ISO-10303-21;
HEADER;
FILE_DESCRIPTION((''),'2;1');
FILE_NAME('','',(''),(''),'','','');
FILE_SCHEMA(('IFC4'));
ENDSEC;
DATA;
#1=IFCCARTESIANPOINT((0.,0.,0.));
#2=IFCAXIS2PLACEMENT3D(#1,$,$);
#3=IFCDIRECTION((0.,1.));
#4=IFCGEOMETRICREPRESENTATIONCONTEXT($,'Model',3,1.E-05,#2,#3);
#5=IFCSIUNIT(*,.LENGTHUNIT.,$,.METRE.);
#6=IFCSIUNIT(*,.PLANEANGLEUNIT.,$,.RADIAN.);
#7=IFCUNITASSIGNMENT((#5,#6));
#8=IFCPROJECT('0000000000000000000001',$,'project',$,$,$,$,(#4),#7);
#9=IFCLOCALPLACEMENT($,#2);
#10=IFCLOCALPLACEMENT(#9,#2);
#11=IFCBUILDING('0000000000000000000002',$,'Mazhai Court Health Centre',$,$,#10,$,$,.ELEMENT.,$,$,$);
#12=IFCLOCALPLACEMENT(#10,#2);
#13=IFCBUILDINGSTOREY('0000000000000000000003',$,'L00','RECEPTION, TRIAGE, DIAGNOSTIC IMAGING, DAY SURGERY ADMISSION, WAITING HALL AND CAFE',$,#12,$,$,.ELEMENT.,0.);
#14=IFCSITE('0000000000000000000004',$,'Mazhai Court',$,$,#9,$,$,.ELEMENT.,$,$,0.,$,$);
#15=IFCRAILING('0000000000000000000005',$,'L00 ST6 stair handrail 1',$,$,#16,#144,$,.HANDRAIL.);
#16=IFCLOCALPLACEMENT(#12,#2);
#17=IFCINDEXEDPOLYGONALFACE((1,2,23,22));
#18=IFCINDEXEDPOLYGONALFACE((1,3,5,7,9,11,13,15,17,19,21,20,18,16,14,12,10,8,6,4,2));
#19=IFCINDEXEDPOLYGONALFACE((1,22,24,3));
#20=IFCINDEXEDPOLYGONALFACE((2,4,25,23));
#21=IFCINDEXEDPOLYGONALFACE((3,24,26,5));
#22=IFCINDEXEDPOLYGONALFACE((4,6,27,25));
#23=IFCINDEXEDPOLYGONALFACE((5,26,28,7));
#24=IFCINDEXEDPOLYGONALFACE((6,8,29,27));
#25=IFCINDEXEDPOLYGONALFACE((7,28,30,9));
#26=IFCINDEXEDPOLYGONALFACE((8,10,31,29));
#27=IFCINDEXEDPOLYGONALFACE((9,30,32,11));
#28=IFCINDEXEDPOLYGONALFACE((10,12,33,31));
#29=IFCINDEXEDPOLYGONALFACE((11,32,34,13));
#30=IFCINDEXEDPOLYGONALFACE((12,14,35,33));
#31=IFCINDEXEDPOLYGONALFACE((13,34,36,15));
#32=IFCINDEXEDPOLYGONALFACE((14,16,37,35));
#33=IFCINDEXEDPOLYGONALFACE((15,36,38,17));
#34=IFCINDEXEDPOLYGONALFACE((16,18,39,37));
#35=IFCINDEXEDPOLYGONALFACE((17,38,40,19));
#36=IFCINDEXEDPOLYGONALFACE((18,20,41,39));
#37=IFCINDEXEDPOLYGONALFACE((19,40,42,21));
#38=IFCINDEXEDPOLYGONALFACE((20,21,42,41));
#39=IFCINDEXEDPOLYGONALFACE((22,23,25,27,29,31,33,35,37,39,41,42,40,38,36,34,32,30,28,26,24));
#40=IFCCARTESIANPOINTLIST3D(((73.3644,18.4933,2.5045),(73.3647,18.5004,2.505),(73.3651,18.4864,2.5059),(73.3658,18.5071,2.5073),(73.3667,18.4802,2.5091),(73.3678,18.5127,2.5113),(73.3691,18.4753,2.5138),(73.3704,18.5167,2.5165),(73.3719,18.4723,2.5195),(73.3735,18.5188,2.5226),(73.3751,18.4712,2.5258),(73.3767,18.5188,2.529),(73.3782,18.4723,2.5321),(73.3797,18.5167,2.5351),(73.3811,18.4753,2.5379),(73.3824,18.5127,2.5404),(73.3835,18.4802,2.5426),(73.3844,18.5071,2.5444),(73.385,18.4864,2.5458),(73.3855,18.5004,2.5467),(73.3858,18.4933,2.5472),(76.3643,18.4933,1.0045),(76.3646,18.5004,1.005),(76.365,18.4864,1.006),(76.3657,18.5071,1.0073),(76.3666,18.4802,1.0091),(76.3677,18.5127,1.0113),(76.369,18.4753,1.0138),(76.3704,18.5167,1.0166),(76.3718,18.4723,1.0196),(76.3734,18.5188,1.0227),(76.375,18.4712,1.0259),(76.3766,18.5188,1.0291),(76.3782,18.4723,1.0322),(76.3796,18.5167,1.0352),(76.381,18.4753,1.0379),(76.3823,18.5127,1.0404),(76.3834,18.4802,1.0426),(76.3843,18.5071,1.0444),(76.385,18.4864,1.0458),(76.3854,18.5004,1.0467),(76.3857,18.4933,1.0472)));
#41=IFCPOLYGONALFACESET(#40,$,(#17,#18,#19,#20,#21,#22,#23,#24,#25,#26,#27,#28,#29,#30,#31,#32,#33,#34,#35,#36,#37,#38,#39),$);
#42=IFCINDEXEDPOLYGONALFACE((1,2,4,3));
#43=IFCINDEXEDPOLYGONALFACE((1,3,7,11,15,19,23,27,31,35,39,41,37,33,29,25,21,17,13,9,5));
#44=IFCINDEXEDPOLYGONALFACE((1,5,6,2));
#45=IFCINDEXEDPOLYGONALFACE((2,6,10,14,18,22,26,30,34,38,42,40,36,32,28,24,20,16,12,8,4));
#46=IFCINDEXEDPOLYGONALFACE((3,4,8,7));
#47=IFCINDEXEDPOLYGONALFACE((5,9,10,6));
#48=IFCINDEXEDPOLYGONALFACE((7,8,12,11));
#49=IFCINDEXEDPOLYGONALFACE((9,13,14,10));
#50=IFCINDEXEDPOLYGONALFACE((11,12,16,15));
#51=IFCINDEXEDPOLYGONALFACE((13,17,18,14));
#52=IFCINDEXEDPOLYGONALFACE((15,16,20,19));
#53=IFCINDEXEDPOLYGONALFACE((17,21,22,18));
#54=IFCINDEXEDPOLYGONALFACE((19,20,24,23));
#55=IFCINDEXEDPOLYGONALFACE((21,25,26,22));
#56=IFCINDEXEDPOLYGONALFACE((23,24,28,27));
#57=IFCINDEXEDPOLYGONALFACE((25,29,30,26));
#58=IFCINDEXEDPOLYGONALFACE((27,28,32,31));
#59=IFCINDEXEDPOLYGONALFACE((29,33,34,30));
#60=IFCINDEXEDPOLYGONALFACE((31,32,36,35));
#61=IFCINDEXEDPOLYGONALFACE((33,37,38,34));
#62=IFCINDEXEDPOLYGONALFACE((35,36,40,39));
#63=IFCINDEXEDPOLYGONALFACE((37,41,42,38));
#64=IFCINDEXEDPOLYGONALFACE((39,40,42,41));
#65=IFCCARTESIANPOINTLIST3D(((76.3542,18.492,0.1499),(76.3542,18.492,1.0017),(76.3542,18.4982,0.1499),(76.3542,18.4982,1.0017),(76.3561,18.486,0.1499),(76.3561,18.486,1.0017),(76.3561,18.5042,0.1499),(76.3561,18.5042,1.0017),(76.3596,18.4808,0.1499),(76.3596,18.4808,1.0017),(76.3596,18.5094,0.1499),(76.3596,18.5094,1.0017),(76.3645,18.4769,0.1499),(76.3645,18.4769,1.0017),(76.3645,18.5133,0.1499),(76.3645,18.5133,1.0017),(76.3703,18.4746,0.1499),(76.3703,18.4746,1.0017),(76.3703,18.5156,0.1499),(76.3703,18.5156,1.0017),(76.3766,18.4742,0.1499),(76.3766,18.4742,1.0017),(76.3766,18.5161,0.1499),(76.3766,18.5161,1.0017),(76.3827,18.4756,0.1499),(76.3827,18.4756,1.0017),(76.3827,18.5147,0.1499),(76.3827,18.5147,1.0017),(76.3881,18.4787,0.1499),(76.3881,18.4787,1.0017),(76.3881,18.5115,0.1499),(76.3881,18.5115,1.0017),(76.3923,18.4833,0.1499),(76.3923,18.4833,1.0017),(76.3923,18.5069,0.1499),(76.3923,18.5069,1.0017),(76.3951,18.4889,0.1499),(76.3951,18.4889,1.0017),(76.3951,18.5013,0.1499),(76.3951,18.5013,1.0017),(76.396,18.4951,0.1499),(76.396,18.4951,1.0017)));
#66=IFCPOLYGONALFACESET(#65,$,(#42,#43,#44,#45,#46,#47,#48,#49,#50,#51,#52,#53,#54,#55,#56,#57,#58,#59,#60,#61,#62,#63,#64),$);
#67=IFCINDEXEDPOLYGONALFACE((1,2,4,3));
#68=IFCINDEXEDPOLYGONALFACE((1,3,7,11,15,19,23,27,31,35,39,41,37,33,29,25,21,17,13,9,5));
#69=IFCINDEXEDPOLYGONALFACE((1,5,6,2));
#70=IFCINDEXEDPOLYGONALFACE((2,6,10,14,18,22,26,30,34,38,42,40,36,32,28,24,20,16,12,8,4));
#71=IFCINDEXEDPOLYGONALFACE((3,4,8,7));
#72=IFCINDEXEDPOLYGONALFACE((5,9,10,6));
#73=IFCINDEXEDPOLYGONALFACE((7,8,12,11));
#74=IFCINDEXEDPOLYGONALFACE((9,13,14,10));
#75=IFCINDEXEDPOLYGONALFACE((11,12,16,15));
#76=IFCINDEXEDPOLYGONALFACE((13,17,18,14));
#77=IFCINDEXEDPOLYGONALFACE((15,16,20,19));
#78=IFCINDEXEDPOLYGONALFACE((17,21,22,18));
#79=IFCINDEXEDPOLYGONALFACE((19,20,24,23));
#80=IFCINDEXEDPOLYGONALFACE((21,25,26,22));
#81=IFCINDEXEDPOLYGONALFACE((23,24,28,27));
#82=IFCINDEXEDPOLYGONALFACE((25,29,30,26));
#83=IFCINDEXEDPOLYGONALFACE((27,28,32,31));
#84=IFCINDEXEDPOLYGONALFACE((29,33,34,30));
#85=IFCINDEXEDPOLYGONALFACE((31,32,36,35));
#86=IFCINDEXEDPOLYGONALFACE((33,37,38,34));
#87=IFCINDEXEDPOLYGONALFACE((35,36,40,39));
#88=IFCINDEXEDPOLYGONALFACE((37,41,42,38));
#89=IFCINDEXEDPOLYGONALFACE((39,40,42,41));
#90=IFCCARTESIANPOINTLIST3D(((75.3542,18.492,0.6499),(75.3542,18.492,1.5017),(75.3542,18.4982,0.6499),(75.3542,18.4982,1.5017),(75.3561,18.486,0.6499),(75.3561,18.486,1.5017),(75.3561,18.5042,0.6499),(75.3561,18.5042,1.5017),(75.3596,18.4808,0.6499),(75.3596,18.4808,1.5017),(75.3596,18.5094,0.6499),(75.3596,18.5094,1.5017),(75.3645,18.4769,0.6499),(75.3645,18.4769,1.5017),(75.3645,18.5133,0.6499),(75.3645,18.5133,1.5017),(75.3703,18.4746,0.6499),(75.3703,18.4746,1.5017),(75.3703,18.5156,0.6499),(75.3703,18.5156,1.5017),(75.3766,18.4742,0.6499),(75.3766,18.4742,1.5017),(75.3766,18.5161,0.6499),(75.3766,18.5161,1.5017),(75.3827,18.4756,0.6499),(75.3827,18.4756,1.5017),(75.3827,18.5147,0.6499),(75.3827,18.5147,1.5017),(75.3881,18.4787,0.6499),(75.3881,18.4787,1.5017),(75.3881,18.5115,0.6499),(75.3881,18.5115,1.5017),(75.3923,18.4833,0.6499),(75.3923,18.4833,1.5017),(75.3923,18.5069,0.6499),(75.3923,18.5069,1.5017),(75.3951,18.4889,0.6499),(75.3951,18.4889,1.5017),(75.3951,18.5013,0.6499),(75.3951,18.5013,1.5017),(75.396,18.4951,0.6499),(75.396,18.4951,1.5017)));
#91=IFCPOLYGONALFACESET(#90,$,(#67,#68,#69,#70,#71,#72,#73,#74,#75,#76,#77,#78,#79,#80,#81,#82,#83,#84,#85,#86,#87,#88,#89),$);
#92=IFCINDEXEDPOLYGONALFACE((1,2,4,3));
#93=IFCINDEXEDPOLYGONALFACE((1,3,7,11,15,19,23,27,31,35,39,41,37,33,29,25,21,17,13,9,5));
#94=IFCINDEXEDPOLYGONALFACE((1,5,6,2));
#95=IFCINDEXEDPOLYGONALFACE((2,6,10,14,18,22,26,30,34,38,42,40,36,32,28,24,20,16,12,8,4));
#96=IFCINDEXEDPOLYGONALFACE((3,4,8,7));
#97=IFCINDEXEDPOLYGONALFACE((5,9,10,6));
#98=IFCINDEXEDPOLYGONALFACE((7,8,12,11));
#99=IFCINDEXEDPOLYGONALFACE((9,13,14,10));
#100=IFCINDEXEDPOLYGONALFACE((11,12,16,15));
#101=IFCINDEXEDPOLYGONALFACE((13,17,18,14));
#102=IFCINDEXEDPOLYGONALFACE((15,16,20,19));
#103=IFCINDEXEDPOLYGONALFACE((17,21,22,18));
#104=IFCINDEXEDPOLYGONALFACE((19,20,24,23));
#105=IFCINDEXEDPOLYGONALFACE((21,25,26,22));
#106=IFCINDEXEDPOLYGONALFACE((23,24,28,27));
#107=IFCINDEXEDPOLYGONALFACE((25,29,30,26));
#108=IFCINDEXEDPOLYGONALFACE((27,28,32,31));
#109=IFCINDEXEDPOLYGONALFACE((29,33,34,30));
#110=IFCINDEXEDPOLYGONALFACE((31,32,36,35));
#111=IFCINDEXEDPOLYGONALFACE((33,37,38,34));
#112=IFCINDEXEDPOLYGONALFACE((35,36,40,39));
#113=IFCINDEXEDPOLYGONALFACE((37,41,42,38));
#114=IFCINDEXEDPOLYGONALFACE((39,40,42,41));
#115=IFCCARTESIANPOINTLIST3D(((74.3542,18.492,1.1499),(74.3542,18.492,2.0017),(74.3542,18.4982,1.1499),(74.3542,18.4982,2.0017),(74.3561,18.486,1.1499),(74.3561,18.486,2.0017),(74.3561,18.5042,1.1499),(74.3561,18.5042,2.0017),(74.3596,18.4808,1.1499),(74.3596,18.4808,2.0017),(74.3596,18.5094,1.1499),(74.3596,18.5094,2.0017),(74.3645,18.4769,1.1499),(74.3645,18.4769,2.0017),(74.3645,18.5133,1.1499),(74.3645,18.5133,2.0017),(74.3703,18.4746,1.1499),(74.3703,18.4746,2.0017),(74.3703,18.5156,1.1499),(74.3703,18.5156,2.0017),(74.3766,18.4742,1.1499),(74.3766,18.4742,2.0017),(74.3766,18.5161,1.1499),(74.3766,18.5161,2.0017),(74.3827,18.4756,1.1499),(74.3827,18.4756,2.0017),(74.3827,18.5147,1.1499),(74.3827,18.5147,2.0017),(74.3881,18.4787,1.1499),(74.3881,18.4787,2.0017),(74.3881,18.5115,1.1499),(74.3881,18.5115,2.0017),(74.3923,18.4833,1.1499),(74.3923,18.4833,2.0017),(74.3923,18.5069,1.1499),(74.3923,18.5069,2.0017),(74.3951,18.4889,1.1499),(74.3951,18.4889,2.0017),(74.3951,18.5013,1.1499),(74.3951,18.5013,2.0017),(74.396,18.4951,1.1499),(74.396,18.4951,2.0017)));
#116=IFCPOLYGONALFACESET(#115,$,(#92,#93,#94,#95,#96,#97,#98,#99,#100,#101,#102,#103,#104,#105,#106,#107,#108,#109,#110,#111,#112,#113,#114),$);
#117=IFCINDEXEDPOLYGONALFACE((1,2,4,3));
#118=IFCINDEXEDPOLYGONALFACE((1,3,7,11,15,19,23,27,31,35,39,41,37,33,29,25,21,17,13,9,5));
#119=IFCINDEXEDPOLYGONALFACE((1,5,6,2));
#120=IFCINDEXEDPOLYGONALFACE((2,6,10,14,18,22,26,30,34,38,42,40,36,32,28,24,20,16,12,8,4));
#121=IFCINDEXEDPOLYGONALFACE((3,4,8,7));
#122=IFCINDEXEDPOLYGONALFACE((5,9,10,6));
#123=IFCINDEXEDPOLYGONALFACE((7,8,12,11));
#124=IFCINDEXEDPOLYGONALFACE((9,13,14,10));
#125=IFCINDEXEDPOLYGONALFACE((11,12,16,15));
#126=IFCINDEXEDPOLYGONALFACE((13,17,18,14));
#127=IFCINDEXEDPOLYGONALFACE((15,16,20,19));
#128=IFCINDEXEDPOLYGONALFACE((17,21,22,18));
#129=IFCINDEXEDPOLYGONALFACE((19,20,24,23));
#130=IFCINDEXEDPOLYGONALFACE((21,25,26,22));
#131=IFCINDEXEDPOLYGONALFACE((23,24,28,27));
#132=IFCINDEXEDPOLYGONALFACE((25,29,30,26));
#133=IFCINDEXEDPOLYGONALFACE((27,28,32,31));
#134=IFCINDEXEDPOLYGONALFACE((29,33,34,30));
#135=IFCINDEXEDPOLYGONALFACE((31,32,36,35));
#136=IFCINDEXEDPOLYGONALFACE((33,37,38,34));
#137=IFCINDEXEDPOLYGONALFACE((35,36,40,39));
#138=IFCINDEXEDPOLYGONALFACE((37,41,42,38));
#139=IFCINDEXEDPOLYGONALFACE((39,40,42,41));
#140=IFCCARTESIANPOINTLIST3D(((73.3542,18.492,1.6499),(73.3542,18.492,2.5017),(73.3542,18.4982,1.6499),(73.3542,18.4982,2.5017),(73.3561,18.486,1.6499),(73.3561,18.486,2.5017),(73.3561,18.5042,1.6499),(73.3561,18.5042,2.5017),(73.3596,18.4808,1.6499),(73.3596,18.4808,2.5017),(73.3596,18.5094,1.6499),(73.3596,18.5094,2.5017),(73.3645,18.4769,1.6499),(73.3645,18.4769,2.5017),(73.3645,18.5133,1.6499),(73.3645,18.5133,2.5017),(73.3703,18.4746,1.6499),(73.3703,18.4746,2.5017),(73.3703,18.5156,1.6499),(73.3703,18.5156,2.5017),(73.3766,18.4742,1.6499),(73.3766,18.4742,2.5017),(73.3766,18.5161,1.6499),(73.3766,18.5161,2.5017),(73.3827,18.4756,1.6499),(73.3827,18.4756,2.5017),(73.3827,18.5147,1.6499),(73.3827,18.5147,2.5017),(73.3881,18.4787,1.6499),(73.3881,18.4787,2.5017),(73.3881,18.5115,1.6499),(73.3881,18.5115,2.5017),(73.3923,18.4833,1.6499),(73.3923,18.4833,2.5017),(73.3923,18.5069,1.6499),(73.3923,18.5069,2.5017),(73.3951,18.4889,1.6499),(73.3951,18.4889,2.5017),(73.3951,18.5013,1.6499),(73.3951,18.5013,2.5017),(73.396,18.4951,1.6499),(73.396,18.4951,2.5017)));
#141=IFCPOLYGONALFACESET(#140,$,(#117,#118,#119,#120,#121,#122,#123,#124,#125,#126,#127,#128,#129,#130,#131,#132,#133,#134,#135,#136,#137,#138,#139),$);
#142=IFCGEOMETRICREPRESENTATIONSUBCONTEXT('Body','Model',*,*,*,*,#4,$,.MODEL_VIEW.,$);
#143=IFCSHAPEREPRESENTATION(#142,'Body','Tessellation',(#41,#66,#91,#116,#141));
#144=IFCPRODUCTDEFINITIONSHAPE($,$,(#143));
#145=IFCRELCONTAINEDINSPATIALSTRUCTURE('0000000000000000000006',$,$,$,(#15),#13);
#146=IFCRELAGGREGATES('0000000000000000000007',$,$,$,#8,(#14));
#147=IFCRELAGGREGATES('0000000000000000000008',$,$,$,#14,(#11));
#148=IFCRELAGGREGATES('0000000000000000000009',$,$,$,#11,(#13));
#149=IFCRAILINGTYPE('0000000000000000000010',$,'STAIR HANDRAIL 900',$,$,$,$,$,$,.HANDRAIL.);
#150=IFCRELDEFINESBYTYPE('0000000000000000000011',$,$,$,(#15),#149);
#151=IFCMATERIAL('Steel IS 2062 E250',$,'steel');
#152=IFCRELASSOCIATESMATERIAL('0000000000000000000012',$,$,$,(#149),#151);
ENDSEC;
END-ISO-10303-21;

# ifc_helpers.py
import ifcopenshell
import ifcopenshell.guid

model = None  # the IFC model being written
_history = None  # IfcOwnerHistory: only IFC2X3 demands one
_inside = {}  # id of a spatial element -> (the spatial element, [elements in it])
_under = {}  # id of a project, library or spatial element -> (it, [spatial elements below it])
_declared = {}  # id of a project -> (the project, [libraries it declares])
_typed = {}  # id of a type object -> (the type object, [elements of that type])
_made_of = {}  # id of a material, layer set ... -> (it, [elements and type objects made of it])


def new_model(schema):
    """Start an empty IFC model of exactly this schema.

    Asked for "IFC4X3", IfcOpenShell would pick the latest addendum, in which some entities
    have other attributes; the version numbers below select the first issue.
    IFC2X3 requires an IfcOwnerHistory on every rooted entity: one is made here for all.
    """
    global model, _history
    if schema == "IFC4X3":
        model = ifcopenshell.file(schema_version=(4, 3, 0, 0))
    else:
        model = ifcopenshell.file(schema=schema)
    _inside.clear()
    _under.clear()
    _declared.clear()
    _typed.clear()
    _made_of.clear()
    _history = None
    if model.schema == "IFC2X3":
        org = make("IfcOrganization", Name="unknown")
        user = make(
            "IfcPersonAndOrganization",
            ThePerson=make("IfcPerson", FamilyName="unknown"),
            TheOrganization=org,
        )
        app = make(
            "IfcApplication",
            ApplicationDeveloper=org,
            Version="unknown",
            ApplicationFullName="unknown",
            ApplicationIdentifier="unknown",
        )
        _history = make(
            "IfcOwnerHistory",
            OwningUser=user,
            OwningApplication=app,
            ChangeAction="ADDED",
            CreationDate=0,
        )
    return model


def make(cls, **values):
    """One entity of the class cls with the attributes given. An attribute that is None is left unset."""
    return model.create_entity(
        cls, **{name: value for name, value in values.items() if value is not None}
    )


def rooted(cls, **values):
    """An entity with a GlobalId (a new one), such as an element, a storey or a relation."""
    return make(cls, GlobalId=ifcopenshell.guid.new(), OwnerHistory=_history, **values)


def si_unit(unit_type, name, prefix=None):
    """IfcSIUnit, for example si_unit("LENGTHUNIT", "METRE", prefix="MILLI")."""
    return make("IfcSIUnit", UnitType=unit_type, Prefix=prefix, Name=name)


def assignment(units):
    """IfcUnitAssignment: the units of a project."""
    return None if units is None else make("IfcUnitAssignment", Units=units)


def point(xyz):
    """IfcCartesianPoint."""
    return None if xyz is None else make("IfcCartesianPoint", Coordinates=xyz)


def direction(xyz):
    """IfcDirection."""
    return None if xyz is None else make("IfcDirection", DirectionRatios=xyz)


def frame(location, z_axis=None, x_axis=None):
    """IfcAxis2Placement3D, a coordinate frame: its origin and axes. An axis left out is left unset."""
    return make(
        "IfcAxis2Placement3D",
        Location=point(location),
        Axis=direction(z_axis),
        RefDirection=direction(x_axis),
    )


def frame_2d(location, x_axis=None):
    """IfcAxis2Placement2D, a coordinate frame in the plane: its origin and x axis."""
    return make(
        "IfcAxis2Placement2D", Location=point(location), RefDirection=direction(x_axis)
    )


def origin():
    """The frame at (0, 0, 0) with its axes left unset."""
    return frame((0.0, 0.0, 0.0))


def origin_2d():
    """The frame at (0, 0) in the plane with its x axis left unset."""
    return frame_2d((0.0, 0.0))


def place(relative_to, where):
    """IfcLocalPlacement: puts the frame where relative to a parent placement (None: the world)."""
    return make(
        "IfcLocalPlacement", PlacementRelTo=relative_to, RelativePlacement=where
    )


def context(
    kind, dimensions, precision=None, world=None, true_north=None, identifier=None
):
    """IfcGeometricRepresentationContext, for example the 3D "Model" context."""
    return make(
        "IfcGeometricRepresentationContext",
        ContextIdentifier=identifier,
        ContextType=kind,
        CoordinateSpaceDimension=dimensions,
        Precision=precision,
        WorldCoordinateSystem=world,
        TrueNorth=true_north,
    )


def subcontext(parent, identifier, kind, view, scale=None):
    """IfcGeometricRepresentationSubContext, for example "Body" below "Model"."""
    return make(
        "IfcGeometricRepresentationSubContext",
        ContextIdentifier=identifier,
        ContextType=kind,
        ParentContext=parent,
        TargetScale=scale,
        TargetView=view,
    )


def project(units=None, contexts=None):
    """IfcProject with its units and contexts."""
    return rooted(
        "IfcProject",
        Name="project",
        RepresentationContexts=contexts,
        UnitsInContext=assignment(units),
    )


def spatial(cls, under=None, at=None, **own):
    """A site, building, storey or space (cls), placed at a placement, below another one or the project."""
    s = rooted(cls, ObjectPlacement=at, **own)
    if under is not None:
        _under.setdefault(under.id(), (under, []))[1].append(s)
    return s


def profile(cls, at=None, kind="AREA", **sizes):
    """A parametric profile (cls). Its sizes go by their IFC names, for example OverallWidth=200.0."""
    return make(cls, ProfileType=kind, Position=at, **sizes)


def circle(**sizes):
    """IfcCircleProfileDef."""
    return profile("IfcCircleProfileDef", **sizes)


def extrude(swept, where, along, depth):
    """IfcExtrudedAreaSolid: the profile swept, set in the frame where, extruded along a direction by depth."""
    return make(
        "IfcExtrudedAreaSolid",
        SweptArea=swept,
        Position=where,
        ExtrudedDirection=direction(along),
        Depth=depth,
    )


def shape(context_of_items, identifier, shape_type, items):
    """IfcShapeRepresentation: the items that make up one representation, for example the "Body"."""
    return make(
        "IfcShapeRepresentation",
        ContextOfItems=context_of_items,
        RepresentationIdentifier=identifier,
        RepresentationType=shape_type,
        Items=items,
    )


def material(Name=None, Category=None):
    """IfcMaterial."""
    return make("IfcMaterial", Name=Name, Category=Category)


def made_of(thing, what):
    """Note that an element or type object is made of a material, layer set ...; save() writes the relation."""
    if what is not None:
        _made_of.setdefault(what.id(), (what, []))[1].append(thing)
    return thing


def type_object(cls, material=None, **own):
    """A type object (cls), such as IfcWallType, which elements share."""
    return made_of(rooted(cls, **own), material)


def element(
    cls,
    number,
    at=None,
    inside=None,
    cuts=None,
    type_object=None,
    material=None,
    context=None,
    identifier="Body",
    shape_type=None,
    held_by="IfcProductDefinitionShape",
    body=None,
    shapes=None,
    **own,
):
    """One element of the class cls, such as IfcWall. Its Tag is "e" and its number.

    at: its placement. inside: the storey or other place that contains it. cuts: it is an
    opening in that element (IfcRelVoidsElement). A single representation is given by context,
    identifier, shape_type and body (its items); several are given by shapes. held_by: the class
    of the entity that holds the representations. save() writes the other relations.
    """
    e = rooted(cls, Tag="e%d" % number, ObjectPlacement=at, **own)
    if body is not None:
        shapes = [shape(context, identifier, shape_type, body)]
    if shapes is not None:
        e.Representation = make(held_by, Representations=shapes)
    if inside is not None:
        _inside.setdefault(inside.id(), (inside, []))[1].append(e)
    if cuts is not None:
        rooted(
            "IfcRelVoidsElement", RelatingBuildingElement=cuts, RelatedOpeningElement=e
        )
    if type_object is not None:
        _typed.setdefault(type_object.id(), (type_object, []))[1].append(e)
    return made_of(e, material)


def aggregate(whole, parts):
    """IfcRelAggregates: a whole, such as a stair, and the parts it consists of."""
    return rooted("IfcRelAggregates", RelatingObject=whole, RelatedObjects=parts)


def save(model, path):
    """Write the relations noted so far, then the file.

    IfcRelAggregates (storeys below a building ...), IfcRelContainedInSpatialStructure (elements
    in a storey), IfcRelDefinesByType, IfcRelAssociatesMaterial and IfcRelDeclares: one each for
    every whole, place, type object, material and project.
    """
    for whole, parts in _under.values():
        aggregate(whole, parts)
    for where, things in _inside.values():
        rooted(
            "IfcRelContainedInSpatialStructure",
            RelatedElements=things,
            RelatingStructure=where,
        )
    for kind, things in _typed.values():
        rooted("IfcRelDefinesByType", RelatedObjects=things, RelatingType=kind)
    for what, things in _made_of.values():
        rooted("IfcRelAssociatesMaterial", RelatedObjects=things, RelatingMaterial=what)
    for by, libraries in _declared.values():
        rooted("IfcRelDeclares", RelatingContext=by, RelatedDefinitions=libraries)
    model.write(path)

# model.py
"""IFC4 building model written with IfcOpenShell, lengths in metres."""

from ifc_helpers import new_model, si_unit, direction, frame, origin, origin_2d, place, context, subcontext, project, spatial, circle, extrude, material, type_object, element, save


model = new_model("IFC4")

# Units and contexts
model_context = context("Model", 3, precision=1e-05, world=origin(), true_north=direction((0.0, 1.0)))
body_context = subcontext(model_context, "Body", "Model", "MODEL_VIEW")
ifc_project = project(units=[si_unit("LENGTHUNIT", "METRE"), si_unit("PLANEANGLEUNIT", "RADIAN")], contexts=[model_context])

# Site, building, storey
site_placement = place(None, origin())
site = spatial("IfcSite", under=ifc_project, at=site_placement, Name="Mazhai Court", CompositionType="ELEMENT", RefElevation=0.0)
building_placement = place(site_placement, origin())
building = spatial("IfcBuilding", under=site, at=building_placement, Name="Mazhai Court Health Centre", CompositionType="ELEMENT")
storey_placement = place(building_placement, origin())
storey = spatial("IfcBuildingStorey", under=building, at=storey_placement, Name="L00", Description="RECEPTION, TRIAGE, DIAGNOSTIC IMAGING, DAY SURGERY ADMISSION, WAITING HALL AND CAFE", CompositionType="ELEMENT", Elevation=0.0)

# Railing
ifc_material_1 = material(Name="Steel IS 2062 E250", Category="steel")
railing_type_1 = type_object("IfcRailingType", Name="STAIR HANDRAIL 900", PredefinedType="HANDRAIL", material=ifc_material_1)
railing_1_placement = place(storey_placement, frame((76.375, 18.4951, 0.1499)))
element("IfcRailing", 1, at=railing_1_placement, inside=storey, type_object=railing_type_1, Name="L00 ST6 stair handrail 1", PredefinedType="HANDRAIL", context=body_context, shape_type="SweptSolid", body=[
    extrude(circle(Radius=0.0239, at=origin_2d()), frame((0.0, 0.0, 0.876), z_axis=(-0.894427, 0.0, 0.447214), x_axis=(0.0, -1.0, 0.0)), (0.0, 0.0, 1.0), 3.354),
    extrude(circle(Radius=0.021, at=origin_2d()), origin(), (0.0, 0.0, 1.0), 0.8518),
    extrude(circle(Radius=0.021, at=origin_2d()), frame((-1.0, 0.0, 0.5)), (0.0, 0.0, 1.0), 0.8518),
    extrude(circle(Radius=0.021, at=origin_2d()), frame((-2.0, 0.0, 1.0)), (0.0, 0.0, 1.0), 0.8518),
    extrude(circle(Radius=0.021, at=origin_2d()), frame((-3.0, 0.0, 1.5)), (0.0, 0.0, 1.0), 0.8518),
])

save(model, "model.ifc")
